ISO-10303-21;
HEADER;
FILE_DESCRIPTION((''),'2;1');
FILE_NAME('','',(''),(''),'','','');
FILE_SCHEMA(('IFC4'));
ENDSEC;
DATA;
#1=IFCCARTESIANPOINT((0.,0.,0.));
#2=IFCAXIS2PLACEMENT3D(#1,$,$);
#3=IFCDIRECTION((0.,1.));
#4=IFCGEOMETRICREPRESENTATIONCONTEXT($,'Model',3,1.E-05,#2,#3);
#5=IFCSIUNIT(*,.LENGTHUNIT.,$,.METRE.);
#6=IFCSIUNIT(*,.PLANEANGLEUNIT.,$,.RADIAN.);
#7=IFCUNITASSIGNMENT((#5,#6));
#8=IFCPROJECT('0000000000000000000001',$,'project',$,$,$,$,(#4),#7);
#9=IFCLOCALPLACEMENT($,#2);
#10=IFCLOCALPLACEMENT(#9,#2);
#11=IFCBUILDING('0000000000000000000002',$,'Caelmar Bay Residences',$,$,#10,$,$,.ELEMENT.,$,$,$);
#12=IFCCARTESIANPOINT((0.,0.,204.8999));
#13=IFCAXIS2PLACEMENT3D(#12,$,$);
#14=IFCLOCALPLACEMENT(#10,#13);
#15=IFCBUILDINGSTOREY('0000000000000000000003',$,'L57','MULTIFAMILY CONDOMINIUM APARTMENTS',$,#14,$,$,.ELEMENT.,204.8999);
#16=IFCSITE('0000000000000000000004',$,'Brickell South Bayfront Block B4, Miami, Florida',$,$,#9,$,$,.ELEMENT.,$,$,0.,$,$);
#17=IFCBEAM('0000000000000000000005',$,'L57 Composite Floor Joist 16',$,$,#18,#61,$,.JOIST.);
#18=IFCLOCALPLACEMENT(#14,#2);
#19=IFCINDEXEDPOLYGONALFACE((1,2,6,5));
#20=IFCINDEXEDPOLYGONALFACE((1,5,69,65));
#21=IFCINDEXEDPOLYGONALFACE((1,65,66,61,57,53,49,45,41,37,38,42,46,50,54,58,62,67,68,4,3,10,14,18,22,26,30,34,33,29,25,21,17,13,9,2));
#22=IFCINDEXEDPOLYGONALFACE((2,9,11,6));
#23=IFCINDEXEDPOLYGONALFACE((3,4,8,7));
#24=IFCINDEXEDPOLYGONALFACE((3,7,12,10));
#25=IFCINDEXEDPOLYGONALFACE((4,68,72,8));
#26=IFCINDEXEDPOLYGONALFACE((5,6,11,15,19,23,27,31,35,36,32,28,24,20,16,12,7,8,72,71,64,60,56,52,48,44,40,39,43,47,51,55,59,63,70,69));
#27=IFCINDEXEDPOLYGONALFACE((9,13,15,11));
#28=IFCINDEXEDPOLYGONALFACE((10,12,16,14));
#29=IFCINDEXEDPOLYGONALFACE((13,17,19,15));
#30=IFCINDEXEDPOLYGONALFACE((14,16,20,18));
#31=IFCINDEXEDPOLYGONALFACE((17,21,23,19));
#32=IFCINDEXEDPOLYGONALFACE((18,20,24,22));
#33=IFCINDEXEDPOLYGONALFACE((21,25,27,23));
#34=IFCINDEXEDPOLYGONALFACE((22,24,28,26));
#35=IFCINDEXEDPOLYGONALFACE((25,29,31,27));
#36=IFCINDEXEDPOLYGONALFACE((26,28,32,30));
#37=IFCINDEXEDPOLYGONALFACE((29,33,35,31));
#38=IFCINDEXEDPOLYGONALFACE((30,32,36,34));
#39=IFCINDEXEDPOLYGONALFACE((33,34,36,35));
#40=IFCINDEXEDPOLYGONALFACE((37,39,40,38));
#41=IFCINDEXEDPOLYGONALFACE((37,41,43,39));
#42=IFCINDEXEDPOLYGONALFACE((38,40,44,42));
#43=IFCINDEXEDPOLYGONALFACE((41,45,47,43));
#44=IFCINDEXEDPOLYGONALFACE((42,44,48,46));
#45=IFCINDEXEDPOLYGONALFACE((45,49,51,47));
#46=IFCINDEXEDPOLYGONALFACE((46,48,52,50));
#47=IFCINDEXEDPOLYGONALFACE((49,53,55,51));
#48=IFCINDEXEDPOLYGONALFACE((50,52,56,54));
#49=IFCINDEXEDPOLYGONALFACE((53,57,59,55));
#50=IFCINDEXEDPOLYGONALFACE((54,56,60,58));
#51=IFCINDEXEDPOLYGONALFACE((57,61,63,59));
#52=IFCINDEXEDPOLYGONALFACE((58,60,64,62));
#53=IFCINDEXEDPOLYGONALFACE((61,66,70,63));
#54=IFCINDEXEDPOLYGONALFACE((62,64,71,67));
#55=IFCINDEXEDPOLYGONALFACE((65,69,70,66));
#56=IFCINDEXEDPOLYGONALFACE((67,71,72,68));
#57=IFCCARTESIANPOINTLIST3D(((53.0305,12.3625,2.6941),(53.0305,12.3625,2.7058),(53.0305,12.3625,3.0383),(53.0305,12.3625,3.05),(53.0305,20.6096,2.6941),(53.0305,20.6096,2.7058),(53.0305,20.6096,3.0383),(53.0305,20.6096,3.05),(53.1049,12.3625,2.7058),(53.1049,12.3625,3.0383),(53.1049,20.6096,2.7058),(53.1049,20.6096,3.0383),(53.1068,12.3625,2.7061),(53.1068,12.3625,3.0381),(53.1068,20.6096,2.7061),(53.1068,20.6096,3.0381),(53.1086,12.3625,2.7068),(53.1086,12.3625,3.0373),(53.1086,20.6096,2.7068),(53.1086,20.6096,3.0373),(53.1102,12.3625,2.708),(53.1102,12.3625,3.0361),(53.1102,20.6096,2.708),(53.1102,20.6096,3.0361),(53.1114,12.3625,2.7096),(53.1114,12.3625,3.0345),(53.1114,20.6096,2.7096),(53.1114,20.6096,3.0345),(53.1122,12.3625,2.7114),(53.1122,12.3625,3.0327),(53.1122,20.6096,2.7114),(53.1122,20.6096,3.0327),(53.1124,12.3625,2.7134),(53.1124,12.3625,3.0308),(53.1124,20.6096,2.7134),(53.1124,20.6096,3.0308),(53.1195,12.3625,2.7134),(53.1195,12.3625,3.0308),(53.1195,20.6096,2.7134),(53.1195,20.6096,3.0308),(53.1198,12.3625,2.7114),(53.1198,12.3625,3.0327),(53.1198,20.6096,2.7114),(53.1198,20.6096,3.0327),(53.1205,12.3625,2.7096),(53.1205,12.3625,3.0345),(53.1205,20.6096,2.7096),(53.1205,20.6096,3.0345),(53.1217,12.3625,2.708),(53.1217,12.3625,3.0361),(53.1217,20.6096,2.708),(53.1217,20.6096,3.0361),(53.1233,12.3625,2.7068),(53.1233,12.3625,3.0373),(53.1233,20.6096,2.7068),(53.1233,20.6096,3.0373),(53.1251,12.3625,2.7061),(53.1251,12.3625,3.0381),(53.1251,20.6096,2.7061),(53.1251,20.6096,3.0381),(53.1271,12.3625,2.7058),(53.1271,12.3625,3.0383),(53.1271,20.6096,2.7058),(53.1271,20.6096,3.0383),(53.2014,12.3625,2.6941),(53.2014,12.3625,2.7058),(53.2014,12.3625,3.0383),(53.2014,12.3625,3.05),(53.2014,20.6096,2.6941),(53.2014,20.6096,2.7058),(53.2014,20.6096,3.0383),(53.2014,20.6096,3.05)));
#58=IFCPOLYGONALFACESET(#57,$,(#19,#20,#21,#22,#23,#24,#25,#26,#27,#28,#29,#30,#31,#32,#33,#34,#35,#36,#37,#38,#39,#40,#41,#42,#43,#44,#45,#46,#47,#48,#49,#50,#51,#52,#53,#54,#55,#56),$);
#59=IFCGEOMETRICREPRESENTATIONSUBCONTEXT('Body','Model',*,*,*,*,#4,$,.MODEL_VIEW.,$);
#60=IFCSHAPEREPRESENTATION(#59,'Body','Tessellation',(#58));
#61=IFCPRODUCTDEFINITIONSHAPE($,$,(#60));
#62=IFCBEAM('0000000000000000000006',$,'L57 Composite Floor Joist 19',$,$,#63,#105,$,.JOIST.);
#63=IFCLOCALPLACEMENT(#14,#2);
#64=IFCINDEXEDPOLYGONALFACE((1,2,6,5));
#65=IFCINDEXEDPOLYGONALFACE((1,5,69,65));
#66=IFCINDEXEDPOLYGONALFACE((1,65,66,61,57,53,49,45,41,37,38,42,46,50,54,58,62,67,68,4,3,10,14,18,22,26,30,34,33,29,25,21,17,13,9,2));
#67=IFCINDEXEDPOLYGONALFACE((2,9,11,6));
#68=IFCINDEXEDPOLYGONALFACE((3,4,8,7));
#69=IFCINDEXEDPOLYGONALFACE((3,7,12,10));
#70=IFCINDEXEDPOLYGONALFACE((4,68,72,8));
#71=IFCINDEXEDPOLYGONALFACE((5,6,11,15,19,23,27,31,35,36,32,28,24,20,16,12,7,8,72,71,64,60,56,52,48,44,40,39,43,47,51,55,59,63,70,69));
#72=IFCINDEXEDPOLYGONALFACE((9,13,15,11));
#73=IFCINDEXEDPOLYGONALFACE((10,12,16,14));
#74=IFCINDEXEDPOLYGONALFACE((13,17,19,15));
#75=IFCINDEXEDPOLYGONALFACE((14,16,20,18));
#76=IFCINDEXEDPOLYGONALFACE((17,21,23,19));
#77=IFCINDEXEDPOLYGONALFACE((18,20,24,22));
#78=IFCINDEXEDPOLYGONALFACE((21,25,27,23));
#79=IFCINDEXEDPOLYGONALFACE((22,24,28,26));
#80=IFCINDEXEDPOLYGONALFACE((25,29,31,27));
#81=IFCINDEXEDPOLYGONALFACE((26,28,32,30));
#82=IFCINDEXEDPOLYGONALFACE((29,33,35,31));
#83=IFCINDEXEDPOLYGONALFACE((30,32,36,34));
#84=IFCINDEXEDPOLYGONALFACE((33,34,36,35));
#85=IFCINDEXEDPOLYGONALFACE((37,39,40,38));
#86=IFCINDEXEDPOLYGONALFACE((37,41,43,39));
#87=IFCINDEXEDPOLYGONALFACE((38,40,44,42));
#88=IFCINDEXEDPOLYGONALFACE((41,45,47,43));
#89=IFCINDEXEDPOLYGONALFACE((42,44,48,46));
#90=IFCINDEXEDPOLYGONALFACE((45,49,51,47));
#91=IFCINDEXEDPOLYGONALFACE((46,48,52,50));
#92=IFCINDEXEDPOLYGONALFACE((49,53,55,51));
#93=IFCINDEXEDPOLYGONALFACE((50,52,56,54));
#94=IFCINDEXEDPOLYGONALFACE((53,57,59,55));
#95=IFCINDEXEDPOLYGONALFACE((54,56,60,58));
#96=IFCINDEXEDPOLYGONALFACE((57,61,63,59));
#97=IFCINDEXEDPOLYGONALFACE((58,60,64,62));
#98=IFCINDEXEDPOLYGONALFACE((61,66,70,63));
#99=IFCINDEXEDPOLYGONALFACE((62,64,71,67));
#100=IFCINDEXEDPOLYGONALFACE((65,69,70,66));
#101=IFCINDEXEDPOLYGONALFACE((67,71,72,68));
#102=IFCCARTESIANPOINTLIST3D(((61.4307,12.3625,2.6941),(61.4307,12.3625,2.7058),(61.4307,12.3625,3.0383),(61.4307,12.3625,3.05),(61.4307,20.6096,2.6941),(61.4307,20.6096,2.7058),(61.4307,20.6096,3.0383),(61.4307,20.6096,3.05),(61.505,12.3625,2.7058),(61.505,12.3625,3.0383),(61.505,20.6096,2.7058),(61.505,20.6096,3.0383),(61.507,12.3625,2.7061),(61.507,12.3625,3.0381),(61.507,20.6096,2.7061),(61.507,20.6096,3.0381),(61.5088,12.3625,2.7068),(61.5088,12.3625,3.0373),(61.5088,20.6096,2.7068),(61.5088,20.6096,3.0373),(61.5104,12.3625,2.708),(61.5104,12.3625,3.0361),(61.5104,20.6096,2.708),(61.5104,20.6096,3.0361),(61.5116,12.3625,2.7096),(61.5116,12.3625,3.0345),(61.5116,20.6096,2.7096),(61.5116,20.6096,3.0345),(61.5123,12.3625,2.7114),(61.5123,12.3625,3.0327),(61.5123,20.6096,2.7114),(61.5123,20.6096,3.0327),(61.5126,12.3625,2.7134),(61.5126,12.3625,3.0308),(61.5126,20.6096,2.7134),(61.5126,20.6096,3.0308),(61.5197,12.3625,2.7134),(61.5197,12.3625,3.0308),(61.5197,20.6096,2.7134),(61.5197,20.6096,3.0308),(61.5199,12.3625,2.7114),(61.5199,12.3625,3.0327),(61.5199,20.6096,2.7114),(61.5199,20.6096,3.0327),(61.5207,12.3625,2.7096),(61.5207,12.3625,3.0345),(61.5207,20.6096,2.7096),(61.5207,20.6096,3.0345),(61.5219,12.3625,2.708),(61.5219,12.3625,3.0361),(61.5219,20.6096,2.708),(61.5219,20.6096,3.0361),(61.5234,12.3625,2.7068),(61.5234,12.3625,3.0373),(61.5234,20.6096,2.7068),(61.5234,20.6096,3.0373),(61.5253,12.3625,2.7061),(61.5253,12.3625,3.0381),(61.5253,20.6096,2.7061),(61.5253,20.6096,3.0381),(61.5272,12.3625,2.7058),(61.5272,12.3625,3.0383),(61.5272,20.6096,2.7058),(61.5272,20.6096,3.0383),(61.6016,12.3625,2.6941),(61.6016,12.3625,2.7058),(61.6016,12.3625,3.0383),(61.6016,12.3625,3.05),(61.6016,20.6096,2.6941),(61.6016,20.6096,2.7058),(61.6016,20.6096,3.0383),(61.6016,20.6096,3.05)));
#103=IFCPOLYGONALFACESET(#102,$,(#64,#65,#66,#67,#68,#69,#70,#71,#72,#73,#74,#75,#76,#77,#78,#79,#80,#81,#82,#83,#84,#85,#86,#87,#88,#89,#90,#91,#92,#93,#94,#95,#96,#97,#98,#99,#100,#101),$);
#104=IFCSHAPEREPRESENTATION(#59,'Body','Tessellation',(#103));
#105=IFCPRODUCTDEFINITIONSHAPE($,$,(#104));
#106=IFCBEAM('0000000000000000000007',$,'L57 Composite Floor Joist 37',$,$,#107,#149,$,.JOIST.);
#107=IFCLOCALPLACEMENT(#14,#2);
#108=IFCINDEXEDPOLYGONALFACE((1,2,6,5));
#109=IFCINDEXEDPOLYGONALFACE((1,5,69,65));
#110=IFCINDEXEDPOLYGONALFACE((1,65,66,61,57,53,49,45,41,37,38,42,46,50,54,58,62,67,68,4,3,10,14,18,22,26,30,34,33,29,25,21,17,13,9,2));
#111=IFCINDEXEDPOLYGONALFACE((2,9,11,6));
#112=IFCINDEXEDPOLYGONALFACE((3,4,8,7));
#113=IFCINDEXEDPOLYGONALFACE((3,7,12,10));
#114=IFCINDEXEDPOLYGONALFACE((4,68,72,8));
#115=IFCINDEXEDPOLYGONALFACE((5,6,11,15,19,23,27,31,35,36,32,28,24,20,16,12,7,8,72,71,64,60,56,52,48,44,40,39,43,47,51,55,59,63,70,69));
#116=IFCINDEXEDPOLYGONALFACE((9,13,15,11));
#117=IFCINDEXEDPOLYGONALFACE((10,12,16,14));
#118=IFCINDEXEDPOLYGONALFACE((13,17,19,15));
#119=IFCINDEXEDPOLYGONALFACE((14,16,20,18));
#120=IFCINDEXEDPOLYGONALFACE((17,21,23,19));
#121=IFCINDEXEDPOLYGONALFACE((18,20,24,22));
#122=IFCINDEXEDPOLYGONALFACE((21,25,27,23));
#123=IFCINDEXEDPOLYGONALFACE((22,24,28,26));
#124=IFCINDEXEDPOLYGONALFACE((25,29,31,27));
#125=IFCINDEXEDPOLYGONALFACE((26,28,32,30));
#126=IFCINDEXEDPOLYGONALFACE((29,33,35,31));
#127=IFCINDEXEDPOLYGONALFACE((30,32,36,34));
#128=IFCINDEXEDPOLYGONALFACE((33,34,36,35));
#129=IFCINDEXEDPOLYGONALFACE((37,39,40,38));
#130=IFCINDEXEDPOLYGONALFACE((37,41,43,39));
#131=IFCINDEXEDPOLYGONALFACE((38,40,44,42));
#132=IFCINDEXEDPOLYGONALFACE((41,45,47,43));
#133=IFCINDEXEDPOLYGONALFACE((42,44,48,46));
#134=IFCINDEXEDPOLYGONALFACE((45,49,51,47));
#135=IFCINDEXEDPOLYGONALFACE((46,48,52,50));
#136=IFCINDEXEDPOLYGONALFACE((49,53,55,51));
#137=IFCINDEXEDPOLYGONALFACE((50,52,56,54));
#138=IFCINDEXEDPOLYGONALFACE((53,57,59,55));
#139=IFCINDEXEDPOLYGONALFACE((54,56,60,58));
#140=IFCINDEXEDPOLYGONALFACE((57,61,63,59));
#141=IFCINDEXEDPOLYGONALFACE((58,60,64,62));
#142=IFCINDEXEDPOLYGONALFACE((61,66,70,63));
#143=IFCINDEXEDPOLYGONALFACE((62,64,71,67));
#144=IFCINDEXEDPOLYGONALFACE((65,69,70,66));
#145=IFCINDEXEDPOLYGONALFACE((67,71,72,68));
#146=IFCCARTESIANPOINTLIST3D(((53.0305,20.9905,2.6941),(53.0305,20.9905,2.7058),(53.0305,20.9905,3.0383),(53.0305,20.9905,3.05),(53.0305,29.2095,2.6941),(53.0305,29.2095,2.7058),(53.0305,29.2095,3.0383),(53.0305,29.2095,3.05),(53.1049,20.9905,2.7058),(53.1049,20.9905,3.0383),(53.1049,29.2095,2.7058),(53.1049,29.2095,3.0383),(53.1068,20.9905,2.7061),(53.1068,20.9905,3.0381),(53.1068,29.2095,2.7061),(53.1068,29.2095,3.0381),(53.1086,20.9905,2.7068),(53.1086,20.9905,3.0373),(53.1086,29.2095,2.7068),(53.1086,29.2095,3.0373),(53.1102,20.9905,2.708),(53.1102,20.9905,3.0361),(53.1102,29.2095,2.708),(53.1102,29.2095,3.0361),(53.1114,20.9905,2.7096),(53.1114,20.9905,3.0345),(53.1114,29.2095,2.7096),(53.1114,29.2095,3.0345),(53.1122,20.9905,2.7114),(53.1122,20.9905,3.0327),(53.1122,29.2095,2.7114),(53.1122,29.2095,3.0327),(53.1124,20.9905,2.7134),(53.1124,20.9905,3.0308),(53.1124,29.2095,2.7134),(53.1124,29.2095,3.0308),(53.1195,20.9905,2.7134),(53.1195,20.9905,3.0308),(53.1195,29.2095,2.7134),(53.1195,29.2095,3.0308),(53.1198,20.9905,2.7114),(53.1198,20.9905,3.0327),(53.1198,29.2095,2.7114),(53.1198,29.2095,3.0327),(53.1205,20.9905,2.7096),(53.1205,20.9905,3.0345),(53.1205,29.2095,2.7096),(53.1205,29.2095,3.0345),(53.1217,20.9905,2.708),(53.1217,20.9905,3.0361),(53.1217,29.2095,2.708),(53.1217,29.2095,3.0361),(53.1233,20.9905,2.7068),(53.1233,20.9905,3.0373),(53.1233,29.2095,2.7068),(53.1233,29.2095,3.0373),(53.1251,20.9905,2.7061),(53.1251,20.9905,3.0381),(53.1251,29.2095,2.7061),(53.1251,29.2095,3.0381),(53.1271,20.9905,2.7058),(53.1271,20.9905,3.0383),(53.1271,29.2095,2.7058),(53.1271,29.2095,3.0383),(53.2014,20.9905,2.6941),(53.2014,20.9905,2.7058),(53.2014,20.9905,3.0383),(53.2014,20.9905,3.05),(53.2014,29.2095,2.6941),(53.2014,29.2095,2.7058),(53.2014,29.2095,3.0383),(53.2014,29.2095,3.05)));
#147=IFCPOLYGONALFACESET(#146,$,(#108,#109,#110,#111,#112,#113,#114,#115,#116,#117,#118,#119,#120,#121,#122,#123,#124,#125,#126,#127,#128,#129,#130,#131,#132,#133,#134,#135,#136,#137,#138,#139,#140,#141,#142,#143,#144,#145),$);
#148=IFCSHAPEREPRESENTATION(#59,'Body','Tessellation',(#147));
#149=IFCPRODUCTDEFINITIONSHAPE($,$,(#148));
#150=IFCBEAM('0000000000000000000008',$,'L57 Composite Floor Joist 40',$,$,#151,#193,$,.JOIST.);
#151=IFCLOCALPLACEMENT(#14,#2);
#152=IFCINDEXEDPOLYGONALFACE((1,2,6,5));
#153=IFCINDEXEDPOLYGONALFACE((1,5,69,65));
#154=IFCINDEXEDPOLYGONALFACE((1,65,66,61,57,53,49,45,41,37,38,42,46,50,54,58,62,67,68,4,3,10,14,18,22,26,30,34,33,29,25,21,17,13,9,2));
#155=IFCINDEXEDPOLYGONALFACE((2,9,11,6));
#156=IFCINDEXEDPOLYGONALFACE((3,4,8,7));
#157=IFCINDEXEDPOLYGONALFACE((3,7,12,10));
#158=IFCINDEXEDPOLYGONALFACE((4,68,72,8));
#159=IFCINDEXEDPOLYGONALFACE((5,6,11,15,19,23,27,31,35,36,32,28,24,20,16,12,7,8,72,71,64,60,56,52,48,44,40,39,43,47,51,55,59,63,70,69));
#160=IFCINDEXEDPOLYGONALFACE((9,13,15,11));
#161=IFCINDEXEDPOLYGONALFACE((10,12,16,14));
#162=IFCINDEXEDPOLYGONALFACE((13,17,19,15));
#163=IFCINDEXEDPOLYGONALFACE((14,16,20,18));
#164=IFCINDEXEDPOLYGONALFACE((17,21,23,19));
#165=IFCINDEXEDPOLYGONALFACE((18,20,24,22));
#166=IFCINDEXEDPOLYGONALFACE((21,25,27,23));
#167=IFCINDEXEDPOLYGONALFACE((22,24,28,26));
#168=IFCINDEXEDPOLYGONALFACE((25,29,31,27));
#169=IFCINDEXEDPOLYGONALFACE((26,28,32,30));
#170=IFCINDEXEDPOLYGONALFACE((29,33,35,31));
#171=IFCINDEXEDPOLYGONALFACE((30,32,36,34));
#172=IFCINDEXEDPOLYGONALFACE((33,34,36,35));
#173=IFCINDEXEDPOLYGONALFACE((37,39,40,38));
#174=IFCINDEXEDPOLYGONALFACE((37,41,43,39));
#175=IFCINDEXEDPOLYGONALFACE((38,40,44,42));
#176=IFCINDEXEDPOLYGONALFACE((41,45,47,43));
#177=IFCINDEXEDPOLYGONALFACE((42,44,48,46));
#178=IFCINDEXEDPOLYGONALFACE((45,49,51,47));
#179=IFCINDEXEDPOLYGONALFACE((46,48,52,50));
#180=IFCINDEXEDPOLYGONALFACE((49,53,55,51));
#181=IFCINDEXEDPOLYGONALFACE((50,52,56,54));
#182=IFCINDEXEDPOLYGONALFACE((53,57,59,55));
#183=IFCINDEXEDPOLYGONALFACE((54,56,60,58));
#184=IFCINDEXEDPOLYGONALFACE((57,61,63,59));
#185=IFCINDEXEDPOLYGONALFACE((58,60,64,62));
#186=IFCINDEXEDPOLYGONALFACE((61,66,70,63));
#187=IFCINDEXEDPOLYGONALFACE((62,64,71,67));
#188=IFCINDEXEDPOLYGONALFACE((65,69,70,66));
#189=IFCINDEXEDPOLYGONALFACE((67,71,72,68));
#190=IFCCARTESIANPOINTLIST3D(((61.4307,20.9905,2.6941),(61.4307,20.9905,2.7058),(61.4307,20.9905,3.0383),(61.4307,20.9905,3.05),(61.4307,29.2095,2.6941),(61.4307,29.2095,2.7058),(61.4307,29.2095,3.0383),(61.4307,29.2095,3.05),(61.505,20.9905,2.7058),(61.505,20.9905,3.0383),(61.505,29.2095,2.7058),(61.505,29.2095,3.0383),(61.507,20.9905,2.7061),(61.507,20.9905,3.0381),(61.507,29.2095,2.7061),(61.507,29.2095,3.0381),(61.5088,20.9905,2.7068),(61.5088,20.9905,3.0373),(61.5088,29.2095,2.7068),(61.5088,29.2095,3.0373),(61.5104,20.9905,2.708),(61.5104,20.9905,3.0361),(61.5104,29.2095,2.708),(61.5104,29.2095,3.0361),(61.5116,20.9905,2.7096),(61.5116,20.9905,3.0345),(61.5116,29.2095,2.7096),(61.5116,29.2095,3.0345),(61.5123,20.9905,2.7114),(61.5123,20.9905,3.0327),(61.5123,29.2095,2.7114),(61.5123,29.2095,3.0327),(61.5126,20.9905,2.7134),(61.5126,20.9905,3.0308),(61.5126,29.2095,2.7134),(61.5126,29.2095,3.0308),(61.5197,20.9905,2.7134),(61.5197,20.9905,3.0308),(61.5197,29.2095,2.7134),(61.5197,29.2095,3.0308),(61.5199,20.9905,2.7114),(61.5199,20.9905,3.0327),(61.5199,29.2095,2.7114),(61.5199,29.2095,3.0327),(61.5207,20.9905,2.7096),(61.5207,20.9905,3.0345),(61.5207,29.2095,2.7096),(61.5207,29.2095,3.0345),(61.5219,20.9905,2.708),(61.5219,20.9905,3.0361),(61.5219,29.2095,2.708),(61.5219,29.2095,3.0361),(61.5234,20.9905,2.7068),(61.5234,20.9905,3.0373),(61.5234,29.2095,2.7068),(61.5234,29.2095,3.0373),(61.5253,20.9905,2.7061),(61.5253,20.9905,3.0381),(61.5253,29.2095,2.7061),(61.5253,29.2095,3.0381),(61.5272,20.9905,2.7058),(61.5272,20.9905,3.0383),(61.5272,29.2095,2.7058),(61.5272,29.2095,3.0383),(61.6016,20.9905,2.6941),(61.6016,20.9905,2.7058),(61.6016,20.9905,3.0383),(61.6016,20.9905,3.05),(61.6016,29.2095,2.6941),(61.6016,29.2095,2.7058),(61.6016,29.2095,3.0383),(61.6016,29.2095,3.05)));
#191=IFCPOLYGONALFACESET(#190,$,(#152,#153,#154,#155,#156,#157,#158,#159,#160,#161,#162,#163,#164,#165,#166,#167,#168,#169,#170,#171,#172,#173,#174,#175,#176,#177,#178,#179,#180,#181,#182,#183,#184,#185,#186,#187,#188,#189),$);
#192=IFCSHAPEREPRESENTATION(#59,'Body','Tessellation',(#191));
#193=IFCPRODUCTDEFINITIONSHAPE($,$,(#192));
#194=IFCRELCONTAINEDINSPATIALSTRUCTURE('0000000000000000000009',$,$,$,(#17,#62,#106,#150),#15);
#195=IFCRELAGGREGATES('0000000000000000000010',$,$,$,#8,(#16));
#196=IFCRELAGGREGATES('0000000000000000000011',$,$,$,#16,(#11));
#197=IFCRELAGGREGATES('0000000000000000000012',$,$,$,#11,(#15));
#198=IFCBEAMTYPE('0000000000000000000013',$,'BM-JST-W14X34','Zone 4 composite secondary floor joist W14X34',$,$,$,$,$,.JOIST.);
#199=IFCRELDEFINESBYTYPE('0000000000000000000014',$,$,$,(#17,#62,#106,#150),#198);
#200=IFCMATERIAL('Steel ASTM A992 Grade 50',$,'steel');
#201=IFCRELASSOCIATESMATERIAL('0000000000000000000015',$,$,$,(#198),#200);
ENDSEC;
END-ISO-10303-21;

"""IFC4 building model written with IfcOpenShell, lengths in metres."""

from ifc_helpers import new_model, si_unit, direction, frame, origin, origin_2d, place, context, subcontext, project, spatial, i_section, extrude, material, material_profile, profile_set, type_object, element, save


model = new_model("IFC4")

# Units and contexts
model_context = context("Model", 3, precision=1e-05, world=origin(), true_north=direction((0.0, 1.0)))
body_context = subcontext(model_context, "Body", "Model", "MODEL_VIEW")
ifc_project = project(units=[si_unit("LENGTHUNIT", "METRE"), si_unit("PLANEANGLEUNIT", "RADIAN")], contexts=[model_context])

# Site, building, storey
site_placement = place(None, origin())
site = spatial("IfcSite", under=ifc_project, at=site_placement, Name="Brickell South Bayfront Block B4, Miami, Florida", CompositionType="ELEMENT", RefElevation=0.0)
building_placement = place(site_placement, origin())
building = spatial("IfcBuilding", under=site, at=building_placement, Name="Caelmar Bay Residences", CompositionType="ELEMENT")
storey_placement = place(building_placement, frame((0.0, 0.0, 204.8999)))
storey = spatial("IfcBuildingStorey", under=building, at=storey_placement, Name="L57", Description="MULTIFAMILY CONDOMINIUM APARTMENTS", CompositionType="ELEMENT", Elevation=204.8999)

# Beams
ifc_material_1 = material(Name="Steel ASTM A992 Grade 50", Category="steel")
ifc_material_profile_1 = material_profile(ifc_material_1, i_section(OverallWidth=0.1709, OverallDepth=0.356, WebThickness=0.0071, FlangeThickness=0.0117, FilletRadius=0.0076, at=origin_2d()), Name="W14X34")
ifc_profile_set_1 = profile_set([ifc_material_profile_1], Name="Steel ASTM A992 Grade 50")
beam_type_1 = type_object("IfcBeamType", Name="BM-JST-W14X34", Description="Zone 4 composite secondary floor joist W14X34", PredefinedType="JOIST", material=ifc_profile_set_1)
for number, where, z_axis, x_axis, name in (
    (1, (53.116, 12.3625, 2.8721), (0.0, 1.0, 0.0), (-1.0, 0.0, 0.0), "L57 Composite Floor Joist 16"),
    (2, (61.5161, 12.3625, 2.8721), (0.0, 1.0, 0.0), (-1.0, 0.0, 0.0), "L57 Composite Floor Joist 19"),
):
    element("IfcBeam", number, at=place(storey_placement, frame(where, z_axis=z_axis, x_axis=x_axis)), inside=storey, type_object=beam_type_1, Name=name, PredefinedType="JOIST", context=body_context, shape_type="SweptSolid", body=[
        extrude(i_section(OverallWidth=0.1709, OverallDepth=0.356, WebThickness=0.0071, FlangeThickness=0.0117, FilletRadius=0.0076, at=origin_2d()), origin(), (0.0, 0.0, 1.0), 8.2471),
    ])
for number, where, z_axis, x_axis, name in (
    (3, (53.116, 20.9905, 2.8721), (0.0, 1.0, 0.0), (-1.0, 0.0, 0.0), "L57 Composite Floor Joist 37"),
    (4, (61.5161, 20.9905, 2.8721), (0.0, 1.0, 0.0), (-1.0, 0.0, 0.0), "L57 Composite Floor Joist 40"),
):
    element("IfcBeam", number, at=place(storey_placement, frame(where, z_axis=z_axis, x_axis=x_axis)), inside=storey, type_object=beam_type_1, Name=name, PredefinedType="JOIST", context=body_context, shape_type="SweptSolid", body=[
        extrude(i_section(OverallWidth=0.1709, OverallDepth=0.356, WebThickness=0.0071, FlangeThickness=0.0117, FilletRadius=0.0076, at=origin_2d()), origin(), (0.0, 0.0, 1.0), 8.219),
    ])

save(model, "model.ifc")
